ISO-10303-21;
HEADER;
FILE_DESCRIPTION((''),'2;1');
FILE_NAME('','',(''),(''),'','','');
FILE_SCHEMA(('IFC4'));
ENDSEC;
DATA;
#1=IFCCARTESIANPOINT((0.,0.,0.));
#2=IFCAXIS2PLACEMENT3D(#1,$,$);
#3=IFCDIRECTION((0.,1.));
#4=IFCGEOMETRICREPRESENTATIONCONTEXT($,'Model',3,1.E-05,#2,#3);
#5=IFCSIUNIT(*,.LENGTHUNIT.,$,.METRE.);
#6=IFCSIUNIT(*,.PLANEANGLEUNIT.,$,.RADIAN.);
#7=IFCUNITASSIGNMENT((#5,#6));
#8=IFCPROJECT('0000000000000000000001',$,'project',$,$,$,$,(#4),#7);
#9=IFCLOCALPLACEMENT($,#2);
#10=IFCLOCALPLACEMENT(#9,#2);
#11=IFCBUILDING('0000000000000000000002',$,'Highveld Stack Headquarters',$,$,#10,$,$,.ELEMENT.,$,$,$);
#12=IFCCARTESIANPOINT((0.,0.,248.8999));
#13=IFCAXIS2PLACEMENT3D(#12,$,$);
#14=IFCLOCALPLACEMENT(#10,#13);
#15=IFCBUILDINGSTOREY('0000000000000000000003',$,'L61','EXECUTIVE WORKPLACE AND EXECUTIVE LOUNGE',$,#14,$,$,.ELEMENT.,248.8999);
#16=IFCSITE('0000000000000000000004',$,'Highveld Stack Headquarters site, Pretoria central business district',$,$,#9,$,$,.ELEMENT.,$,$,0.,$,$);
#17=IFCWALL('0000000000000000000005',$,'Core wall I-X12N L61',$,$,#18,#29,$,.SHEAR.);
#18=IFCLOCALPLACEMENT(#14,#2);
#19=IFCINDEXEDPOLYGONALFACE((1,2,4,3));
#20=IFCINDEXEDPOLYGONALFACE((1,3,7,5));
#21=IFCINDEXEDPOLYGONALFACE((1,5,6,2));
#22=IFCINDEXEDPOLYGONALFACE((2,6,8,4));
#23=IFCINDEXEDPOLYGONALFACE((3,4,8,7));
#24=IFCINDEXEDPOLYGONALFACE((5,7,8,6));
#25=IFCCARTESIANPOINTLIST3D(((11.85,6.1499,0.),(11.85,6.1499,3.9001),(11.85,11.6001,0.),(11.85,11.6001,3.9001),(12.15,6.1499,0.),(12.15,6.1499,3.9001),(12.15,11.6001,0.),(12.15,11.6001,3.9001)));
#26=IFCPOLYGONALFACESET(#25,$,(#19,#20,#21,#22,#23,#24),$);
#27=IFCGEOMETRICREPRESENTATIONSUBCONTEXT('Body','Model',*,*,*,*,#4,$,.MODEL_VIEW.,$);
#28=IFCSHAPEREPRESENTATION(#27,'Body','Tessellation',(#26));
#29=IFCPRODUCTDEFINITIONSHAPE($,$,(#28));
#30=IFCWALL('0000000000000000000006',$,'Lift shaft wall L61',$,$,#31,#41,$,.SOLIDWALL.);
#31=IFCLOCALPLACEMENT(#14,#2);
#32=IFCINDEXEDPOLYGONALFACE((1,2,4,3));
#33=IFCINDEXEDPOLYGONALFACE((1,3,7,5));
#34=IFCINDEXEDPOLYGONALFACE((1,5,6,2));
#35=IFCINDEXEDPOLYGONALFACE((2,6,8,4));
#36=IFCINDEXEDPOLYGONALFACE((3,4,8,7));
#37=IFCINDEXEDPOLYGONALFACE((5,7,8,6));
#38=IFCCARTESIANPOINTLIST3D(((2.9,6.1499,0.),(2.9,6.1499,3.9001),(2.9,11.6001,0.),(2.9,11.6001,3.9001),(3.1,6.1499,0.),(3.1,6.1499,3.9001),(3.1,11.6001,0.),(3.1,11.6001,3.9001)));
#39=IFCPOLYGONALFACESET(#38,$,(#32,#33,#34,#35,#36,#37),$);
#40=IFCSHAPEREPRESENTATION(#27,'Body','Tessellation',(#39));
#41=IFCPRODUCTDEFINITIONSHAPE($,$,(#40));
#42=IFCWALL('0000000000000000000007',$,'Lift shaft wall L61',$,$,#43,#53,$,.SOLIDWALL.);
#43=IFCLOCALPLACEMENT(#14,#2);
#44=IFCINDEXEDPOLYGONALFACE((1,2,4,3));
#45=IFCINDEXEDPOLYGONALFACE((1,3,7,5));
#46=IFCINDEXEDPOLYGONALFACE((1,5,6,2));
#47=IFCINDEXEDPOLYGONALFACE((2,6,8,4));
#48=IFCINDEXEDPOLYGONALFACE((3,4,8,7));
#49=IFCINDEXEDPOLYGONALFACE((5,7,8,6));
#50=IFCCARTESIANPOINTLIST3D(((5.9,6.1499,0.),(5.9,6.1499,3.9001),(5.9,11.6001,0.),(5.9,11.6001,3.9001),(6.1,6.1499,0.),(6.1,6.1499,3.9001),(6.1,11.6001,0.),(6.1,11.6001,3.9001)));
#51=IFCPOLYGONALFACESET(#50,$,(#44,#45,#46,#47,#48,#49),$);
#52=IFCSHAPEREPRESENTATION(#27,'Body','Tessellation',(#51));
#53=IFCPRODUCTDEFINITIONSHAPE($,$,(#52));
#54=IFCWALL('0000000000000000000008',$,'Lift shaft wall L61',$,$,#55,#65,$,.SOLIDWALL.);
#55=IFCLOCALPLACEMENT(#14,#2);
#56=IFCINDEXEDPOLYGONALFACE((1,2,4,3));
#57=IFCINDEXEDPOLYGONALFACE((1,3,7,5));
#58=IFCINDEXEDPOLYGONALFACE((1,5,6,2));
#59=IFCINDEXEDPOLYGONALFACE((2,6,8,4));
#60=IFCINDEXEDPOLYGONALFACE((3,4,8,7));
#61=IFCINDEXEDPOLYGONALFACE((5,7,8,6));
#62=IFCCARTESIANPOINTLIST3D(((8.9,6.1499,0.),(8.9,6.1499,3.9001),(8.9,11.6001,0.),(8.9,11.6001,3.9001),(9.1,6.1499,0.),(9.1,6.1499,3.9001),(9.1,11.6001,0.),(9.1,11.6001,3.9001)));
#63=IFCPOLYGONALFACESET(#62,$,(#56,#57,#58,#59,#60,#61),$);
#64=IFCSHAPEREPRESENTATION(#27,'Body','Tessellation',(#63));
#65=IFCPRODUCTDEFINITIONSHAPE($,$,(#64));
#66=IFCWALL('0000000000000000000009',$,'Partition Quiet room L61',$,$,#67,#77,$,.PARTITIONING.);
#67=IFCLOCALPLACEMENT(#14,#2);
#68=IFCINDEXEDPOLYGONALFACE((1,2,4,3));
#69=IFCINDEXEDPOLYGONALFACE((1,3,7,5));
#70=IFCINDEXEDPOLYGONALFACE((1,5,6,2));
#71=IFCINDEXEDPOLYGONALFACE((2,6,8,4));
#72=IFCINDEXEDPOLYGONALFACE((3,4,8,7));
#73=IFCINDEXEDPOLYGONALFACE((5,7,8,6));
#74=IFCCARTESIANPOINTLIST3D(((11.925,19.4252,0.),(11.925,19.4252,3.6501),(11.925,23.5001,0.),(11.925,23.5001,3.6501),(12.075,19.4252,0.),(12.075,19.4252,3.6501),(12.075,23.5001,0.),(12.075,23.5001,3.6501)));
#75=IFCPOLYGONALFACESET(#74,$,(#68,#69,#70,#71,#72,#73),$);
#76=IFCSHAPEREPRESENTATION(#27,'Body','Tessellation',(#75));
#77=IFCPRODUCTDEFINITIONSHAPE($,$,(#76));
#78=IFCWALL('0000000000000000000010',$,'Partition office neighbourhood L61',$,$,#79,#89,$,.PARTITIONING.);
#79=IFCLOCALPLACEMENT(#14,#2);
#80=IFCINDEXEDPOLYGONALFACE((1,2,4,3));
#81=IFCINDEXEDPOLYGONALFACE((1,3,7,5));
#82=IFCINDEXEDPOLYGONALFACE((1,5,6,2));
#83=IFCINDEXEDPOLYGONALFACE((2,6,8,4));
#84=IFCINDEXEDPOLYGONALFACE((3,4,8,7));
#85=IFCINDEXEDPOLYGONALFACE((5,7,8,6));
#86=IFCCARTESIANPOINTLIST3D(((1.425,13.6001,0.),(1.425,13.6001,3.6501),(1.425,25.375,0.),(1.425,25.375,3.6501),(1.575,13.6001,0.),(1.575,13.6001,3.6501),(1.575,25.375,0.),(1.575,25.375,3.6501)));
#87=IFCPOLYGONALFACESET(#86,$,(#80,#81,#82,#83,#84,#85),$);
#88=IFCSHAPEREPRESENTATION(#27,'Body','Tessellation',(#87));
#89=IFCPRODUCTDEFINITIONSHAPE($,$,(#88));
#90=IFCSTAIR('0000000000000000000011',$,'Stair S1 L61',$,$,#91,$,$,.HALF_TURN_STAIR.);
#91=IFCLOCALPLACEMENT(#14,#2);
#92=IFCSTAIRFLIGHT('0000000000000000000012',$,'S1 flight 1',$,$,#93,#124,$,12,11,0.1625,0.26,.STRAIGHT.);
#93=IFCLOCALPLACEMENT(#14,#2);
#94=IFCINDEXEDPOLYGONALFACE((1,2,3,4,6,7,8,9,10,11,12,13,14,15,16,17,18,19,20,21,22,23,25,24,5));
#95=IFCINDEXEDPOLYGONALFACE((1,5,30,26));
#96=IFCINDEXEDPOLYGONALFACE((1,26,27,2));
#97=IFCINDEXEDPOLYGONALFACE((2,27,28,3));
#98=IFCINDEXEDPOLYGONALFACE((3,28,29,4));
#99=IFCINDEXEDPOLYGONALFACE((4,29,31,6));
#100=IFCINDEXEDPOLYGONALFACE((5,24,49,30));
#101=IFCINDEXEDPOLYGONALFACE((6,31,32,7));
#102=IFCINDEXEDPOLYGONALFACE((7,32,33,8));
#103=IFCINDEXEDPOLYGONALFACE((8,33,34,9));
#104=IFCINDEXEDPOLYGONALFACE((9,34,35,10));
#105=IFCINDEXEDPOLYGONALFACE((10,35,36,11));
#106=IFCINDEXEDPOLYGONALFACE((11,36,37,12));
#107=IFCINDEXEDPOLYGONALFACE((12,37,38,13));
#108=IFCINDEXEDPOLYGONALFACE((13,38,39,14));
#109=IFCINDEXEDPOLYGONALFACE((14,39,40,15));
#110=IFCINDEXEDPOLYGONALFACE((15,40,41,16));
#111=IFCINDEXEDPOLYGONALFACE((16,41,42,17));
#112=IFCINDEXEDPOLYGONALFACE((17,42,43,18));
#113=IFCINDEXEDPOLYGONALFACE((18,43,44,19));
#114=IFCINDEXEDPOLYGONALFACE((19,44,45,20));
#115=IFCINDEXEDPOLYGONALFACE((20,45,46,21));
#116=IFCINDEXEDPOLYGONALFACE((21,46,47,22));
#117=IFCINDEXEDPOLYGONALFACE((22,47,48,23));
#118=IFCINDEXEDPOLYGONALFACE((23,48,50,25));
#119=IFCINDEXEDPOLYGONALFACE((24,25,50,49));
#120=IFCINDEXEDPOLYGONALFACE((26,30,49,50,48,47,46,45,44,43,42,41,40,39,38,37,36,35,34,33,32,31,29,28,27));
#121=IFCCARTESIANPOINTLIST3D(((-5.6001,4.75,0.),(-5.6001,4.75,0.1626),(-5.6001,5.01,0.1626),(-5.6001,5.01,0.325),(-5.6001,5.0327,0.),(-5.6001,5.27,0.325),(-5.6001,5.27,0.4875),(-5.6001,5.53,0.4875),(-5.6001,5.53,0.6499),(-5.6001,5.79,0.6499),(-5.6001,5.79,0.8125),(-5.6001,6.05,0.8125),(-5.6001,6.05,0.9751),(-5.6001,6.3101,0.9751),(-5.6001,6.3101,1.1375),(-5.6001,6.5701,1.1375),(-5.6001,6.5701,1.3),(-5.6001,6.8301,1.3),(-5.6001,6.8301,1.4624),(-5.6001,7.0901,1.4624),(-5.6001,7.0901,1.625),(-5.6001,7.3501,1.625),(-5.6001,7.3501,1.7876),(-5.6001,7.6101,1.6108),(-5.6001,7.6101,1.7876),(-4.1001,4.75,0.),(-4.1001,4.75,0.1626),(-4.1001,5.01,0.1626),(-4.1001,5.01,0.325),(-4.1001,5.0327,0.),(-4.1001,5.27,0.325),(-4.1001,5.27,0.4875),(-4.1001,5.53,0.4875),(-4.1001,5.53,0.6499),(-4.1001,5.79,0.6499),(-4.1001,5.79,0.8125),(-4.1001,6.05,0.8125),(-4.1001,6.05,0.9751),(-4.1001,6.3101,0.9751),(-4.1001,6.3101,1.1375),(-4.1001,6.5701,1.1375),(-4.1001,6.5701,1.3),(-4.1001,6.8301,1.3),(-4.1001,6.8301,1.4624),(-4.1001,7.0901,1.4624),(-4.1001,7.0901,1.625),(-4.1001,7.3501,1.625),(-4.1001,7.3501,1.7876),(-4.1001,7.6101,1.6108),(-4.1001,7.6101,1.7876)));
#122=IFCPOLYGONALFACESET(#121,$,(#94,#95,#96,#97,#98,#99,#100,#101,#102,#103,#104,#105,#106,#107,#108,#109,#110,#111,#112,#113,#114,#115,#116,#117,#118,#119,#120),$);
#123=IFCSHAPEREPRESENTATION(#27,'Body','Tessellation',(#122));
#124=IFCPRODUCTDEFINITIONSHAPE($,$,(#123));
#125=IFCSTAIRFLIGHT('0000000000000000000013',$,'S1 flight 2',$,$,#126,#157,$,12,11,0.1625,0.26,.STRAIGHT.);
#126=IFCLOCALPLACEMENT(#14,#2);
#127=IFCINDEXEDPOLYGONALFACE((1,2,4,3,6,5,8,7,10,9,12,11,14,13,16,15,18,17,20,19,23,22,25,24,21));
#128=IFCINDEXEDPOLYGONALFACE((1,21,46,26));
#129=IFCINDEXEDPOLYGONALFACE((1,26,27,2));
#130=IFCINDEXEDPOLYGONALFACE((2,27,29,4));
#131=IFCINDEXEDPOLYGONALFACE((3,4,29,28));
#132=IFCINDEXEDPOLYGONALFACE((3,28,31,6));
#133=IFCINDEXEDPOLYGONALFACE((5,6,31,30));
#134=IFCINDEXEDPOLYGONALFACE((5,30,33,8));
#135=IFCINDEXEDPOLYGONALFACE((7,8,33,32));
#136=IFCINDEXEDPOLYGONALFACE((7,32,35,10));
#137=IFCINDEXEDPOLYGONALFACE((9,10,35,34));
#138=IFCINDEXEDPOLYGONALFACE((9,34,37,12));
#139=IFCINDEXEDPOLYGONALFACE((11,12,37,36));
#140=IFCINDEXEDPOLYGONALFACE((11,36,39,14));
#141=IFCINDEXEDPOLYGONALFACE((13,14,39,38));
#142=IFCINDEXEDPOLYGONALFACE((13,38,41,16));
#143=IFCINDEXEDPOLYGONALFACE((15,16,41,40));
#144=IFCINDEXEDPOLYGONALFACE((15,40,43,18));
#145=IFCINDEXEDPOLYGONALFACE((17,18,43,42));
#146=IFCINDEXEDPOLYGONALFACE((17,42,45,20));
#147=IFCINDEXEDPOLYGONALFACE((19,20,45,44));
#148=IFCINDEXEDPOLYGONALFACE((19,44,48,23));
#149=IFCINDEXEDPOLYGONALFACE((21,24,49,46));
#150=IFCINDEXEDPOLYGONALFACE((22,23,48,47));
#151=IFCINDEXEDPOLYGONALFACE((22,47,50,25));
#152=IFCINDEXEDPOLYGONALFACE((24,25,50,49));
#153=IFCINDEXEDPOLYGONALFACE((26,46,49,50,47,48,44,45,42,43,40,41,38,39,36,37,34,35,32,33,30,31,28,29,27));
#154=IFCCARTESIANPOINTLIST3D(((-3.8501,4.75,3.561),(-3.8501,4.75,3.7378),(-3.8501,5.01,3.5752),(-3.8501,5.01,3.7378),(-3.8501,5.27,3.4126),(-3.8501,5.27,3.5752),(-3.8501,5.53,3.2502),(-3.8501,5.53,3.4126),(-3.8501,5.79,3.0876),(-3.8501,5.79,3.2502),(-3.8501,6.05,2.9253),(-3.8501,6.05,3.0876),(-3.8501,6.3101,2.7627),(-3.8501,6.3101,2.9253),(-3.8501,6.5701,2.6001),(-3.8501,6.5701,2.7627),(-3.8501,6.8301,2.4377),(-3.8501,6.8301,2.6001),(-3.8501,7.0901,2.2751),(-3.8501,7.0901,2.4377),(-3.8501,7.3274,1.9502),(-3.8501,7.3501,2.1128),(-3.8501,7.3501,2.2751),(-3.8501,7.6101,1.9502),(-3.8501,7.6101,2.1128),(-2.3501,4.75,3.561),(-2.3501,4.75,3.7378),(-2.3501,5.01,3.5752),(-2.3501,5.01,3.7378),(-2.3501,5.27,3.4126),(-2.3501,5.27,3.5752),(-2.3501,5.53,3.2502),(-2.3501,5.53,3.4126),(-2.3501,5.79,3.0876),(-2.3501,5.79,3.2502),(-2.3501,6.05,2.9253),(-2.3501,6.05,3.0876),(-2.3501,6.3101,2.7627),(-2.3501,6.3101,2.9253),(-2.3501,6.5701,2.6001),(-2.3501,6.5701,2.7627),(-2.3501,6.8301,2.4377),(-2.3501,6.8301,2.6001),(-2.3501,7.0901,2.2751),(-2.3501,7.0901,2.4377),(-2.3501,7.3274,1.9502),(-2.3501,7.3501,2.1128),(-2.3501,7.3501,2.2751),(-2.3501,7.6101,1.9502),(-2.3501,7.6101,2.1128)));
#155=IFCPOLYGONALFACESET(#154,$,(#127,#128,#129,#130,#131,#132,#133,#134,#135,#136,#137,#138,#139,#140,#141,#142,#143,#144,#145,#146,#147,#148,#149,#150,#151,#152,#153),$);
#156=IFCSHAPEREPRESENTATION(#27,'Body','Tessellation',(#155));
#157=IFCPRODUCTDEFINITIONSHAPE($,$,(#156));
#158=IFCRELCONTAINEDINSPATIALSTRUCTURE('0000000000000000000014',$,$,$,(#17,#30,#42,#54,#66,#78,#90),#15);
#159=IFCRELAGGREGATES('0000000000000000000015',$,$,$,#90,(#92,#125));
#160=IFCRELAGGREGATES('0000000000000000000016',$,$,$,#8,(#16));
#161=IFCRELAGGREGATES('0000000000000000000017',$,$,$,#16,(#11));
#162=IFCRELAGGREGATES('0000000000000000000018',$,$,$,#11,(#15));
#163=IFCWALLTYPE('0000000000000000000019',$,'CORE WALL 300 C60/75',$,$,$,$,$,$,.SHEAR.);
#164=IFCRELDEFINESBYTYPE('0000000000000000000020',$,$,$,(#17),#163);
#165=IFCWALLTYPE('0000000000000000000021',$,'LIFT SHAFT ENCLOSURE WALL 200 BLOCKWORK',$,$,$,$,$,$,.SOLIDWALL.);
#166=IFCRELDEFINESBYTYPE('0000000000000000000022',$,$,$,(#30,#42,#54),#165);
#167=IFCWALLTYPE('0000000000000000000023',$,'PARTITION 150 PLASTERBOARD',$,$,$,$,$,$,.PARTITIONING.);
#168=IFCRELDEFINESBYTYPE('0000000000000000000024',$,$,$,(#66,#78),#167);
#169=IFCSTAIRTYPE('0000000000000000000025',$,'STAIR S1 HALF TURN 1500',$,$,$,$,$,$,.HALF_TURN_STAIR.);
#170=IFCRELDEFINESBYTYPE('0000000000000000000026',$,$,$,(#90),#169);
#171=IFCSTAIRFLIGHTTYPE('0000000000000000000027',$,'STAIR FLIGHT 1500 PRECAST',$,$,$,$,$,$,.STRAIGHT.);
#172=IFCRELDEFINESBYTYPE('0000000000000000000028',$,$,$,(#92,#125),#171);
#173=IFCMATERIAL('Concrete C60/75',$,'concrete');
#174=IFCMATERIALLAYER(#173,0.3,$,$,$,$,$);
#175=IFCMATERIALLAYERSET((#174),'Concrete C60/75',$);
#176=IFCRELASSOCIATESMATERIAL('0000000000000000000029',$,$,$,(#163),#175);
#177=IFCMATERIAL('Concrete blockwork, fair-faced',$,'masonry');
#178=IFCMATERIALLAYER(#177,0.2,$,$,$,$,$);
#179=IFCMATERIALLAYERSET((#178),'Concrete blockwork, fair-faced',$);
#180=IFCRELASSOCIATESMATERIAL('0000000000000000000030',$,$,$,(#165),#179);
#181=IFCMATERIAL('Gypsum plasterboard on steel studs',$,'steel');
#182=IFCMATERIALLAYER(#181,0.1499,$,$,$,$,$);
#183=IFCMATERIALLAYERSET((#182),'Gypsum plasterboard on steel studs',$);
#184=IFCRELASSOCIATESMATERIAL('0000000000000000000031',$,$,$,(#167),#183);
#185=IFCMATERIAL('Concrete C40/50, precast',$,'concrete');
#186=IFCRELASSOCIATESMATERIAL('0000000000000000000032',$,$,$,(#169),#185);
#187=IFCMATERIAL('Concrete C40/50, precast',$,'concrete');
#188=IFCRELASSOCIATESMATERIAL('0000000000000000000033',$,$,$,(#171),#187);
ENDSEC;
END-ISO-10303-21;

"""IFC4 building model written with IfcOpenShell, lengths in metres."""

from ifc_helpers import new_model, si_unit, direction, frame, frame_2d, origin, place, context, subcontext, project, spatial, polyline, rectangle, outline, extrude, material, layer, layer_set, type_object, element, aggregate, save


model = new_model("IFC4")

# Units and contexts
model_context = context("Model", 3, precision=1e-05, world=origin(), true_north=direction((0.0, 1.0)))
body_context = subcontext(model_context, "Body", "Model", "MODEL_VIEW")
ifc_project = project(units=[si_unit("LENGTHUNIT", "METRE"), si_unit("PLANEANGLEUNIT", "RADIAN")], contexts=[model_context])

# Site, building, storey
site_placement = place(None, origin())
site = spatial("IfcSite", under=ifc_project, at=site_placement, Name="Highveld Stack Headquarters site, Pretoria central business district", CompositionType="ELEMENT", RefElevation=0.0)
building_placement = place(site_placement, origin())
building = spatial("IfcBuilding", under=site, at=building_placement, Name="Highveld Stack Headquarters", CompositionType="ELEMENT")
storey_placement = place(building_placement, frame((0.0, 0.0, 248.8999)))
storey = spatial("IfcBuildingStorey", under=building, at=storey_placement, Name="L61", Description="EXECUTIVE WORKPLACE AND EXECUTIVE LOUNGE", CompositionType="ELEMENT", Elevation=248.8999)

# Shared definitions
ifc_material_1 = material(Name="Concrete C60/75", Category="concrete")
ifc_layer_1 = layer(ifc_material_1, 0.3)
ifc_layer_set_1 = layer_set([ifc_layer_1], Name="Concrete C60/75")
wall_type_1 = type_object("IfcWallType", Name="CORE WALL 300 C60/75", PredefinedType="SHEAR", material=ifc_layer_set_1)

# Walls
wall_1_placement = place(storey_placement, frame((12.0, 6.1499, 0.0), z_axis=(0.0, 0.0, 1.0), x_axis=(0.0, 1.0, 0.0)))
element("IfcWall", 1, at=wall_1_placement, inside=storey, type_object=wall_type_1, Name="Core wall I-X12N L61", PredefinedType="SHEAR", context=body_context, shape_type="SweptSolid", body=[
    extrude(rectangle(XDim=5.4502, YDim=0.3, at=frame_2d((2.7251, 0.0))), origin(), (0.0, 0.0, 1.0), 3.9001),
])
ifc_material_2 = material(Name="Concrete blockwork, fair-faced", Category="masonry")
ifc_layer_2 = layer(ifc_material_2, 0.2)
ifc_layer_set_2 = layer_set([ifc_layer_2], Name="Concrete blockwork, fair-faced")
wall_type_2 = type_object("IfcWallType", Name="LIFT SHAFT ENCLOSURE WALL 200 BLOCKWORK", PredefinedType="SOLIDWALL", material=ifc_layer_set_2)
for number, where, z_axis, x_axis, name in (
    (2, (3.0, 6.1499, 0.0), (0.0, 0.0, 1.0), (0.0, 1.0, 0.0), "Lift shaft wall L61"),
    (3, (6.0, 6.1499, 0.0), (0.0, 0.0, 1.0), (0.0, 1.0, 0.0), "Lift shaft wall L61"),
    (4, (9.0, 6.1499, 0.0), (0.0, 0.0, 1.0), (0.0, 1.0, 0.0), "Lift shaft wall L61"),
):
    element("IfcWall", number, at=place(storey_placement, frame(where, z_axis=z_axis, x_axis=x_axis)), inside=storey, type_object=wall_type_2, Name=name, PredefinedType="SOLIDWALL", context=body_context, shape_type="SweptSolid", body=[
        extrude(rectangle(XDim=5.4502, YDim=0.2, at=frame_2d((2.7251, 0.0))), origin(), (0.0, 0.0, 1.0), 3.9001),
    ])
ifc_material_3 = material(Name="Gypsum plasterboard on steel studs", Category="steel")
ifc_layer_3 = layer(ifc_material_3, 0.1499)
ifc_layer_set_3 = layer_set([ifc_layer_3], Name="Gypsum plasterboard on steel studs")
wall_type_3 = type_object("IfcWallType", Name="PARTITION 150 PLASTERBOARD", PredefinedType="PARTITIONING", material=ifc_layer_set_3)
wall_2_placement = place(storey_placement, frame((12.0, 19.425, 0.0), z_axis=(0.0, 0.0, 1.0), x_axis=(0.0, 1.0, 0.0)))
element("IfcWall", 5, at=wall_2_placement, inside=storey, type_object=wall_type_3, Name="Partition Quiet room L61", PredefinedType="PARTITIONING", context=body_context, shape_type="SweptSolid", body=[
    extrude(rectangle(XDim=4.075, YDim=0.1499, at=frame_2d((2.0376, 0.0))), origin(), (0.0, 0.0, 1.0), 3.6501),
])
wall_3_placement = place(storey_placement, frame((1.5, 13.6001, 0.0), z_axis=(0.0, 0.0, 1.0), x_axis=(0.0, 1.0, 0.0)))
element("IfcWall", 6, at=wall_3_placement, inside=storey, type_object=wall_type_3, Name="Partition office neighbourhood L61", PredefinedType="PARTITIONING", context=body_context, shape_type="SweptSolid", body=[
    extrude(rectangle(XDim=11.7749, YDim=0.1499, at=frame_2d((5.8875, 0.0))), origin(), (0.0, 0.0, 1.0), 3.6501),
])

# Stair, stair flights
ifc_material_4 = material(Name="Concrete C40/50, precast", Category="concrete")
stair_type = type_object("IfcStairType", Name="STAIR S1 HALF TURN 1500", PredefinedType="HALF_TURN_STAIR", material=ifc_material_4)
stair_placement = place(storey_placement, origin())
stair = element("IfcStair", 7, at=stair_placement, inside=storey, type_object=stair_type, Name="Stair S1 L61", PredefinedType="HALF_TURN_STAIR")
ifc_material_5 = material(Name="Concrete C40/50, precast", Category="concrete")
stair_flight_type = type_object("IfcStairFlightType", Name="STAIR FLIGHT 1500 PRECAST", PredefinedType="STRAIGHT", material=ifc_material_5)
stair_flight_1_placement = place(storey_placement, frame((-4.8501, 4.75, 0.0), z_axis=(0.0, 0.0, 1.0), x_axis=(0.0, 1.0, 0.0)))
stair_flight_1 = element("IfcStairFlight", 8, at=stair_flight_1_placement, type_object=stair_flight_type, Name="S1 flight 1", NumberOfRisers=12, NumberOfTreads=11, PredefinedType="STRAIGHT", RiserHeight=0.1625, TreadLength=0.26, context=body_context, shape_type="SweptSolid", body=[
    extrude(outline(polyline([(0.0, 0.0), (0.0, 0.1626), (0.26, 0.1626), (0.26, 0.325), (0.52, 0.325), (0.52, 0.4875), (0.78, 0.4875), (0.78, 0.6499), (1.04, 0.6499), (1.04, 0.8125), (1.3, 0.8125), (1.3, 0.9751), (1.5601, 0.9751), (1.5601, 1.1375), (1.8201, 1.1375), (1.8201, 1.3), (2.0801, 1.3), (2.0801, 1.4624), (2.3401, 1.4624), (2.3401, 1.625), (2.6001, 1.625), (2.6001, 1.7876), (2.8601, 1.7876), (2.8601, 1.95), (2.8601, 1.6108), (0.2827, 0.0), (0.0, 0.0)])), frame((0.0, 0.75, 0.0), z_axis=(0.0, -1.0, 0.0), x_axis=(1.0, 0.0, 0.0)), (0.0, 0.0, 1.0), 1.5),
])
stair_flight_2_placement = place(storey_placement, frame((-3.1001, 7.6101, 1.9502), z_axis=(0.0, 0.0, 1.0), x_axis=(0.0, -1.0, 0.0)))
stair_flight_2 = element("IfcStairFlight", 9, at=stair_flight_2_placement, type_object=stair_flight_type, Name="S1 flight 2", NumberOfRisers=12, NumberOfTreads=11, PredefinedType="STRAIGHT", RiserHeight=0.1625, TreadLength=0.26, context=body_context, shape_type="SweptSolid", body=[
    extrude(outline(polyline([(0.0, 0.0), (0.0, 0.1626), (0.26, 0.1626), (0.26, 0.325), (0.52, 0.325), (0.52, 0.4875), (0.78, 0.4875), (0.78, 0.6499), (1.04, 0.6499), (1.04, 0.8125), (1.3, 0.8125), (1.3, 0.9751), (1.5601, 0.9751), (1.5601, 1.1375), (1.8201, 1.1375), (1.8201, 1.3), (2.0801, 1.3), (2.0801, 1.4624), (2.3401, 1.4624), (2.3401, 1.625), (2.6001, 1.625), (2.6001, 1.7876), (2.8601, 1.7876), (2.8601, 1.95), (2.8601, 1.6108), (0.2827, 0.0), (0.0, 0.0)])), frame((0.0, 0.75, 0.0), z_axis=(0.0, -1.0, 0.0), x_axis=(1.0, 0.0, 0.0)), (0.0, 0.0, 1.0), 1.5),
])
aggregate(stair, [stair_flight_1, stair_flight_2])

save(model, "model.ifc")
